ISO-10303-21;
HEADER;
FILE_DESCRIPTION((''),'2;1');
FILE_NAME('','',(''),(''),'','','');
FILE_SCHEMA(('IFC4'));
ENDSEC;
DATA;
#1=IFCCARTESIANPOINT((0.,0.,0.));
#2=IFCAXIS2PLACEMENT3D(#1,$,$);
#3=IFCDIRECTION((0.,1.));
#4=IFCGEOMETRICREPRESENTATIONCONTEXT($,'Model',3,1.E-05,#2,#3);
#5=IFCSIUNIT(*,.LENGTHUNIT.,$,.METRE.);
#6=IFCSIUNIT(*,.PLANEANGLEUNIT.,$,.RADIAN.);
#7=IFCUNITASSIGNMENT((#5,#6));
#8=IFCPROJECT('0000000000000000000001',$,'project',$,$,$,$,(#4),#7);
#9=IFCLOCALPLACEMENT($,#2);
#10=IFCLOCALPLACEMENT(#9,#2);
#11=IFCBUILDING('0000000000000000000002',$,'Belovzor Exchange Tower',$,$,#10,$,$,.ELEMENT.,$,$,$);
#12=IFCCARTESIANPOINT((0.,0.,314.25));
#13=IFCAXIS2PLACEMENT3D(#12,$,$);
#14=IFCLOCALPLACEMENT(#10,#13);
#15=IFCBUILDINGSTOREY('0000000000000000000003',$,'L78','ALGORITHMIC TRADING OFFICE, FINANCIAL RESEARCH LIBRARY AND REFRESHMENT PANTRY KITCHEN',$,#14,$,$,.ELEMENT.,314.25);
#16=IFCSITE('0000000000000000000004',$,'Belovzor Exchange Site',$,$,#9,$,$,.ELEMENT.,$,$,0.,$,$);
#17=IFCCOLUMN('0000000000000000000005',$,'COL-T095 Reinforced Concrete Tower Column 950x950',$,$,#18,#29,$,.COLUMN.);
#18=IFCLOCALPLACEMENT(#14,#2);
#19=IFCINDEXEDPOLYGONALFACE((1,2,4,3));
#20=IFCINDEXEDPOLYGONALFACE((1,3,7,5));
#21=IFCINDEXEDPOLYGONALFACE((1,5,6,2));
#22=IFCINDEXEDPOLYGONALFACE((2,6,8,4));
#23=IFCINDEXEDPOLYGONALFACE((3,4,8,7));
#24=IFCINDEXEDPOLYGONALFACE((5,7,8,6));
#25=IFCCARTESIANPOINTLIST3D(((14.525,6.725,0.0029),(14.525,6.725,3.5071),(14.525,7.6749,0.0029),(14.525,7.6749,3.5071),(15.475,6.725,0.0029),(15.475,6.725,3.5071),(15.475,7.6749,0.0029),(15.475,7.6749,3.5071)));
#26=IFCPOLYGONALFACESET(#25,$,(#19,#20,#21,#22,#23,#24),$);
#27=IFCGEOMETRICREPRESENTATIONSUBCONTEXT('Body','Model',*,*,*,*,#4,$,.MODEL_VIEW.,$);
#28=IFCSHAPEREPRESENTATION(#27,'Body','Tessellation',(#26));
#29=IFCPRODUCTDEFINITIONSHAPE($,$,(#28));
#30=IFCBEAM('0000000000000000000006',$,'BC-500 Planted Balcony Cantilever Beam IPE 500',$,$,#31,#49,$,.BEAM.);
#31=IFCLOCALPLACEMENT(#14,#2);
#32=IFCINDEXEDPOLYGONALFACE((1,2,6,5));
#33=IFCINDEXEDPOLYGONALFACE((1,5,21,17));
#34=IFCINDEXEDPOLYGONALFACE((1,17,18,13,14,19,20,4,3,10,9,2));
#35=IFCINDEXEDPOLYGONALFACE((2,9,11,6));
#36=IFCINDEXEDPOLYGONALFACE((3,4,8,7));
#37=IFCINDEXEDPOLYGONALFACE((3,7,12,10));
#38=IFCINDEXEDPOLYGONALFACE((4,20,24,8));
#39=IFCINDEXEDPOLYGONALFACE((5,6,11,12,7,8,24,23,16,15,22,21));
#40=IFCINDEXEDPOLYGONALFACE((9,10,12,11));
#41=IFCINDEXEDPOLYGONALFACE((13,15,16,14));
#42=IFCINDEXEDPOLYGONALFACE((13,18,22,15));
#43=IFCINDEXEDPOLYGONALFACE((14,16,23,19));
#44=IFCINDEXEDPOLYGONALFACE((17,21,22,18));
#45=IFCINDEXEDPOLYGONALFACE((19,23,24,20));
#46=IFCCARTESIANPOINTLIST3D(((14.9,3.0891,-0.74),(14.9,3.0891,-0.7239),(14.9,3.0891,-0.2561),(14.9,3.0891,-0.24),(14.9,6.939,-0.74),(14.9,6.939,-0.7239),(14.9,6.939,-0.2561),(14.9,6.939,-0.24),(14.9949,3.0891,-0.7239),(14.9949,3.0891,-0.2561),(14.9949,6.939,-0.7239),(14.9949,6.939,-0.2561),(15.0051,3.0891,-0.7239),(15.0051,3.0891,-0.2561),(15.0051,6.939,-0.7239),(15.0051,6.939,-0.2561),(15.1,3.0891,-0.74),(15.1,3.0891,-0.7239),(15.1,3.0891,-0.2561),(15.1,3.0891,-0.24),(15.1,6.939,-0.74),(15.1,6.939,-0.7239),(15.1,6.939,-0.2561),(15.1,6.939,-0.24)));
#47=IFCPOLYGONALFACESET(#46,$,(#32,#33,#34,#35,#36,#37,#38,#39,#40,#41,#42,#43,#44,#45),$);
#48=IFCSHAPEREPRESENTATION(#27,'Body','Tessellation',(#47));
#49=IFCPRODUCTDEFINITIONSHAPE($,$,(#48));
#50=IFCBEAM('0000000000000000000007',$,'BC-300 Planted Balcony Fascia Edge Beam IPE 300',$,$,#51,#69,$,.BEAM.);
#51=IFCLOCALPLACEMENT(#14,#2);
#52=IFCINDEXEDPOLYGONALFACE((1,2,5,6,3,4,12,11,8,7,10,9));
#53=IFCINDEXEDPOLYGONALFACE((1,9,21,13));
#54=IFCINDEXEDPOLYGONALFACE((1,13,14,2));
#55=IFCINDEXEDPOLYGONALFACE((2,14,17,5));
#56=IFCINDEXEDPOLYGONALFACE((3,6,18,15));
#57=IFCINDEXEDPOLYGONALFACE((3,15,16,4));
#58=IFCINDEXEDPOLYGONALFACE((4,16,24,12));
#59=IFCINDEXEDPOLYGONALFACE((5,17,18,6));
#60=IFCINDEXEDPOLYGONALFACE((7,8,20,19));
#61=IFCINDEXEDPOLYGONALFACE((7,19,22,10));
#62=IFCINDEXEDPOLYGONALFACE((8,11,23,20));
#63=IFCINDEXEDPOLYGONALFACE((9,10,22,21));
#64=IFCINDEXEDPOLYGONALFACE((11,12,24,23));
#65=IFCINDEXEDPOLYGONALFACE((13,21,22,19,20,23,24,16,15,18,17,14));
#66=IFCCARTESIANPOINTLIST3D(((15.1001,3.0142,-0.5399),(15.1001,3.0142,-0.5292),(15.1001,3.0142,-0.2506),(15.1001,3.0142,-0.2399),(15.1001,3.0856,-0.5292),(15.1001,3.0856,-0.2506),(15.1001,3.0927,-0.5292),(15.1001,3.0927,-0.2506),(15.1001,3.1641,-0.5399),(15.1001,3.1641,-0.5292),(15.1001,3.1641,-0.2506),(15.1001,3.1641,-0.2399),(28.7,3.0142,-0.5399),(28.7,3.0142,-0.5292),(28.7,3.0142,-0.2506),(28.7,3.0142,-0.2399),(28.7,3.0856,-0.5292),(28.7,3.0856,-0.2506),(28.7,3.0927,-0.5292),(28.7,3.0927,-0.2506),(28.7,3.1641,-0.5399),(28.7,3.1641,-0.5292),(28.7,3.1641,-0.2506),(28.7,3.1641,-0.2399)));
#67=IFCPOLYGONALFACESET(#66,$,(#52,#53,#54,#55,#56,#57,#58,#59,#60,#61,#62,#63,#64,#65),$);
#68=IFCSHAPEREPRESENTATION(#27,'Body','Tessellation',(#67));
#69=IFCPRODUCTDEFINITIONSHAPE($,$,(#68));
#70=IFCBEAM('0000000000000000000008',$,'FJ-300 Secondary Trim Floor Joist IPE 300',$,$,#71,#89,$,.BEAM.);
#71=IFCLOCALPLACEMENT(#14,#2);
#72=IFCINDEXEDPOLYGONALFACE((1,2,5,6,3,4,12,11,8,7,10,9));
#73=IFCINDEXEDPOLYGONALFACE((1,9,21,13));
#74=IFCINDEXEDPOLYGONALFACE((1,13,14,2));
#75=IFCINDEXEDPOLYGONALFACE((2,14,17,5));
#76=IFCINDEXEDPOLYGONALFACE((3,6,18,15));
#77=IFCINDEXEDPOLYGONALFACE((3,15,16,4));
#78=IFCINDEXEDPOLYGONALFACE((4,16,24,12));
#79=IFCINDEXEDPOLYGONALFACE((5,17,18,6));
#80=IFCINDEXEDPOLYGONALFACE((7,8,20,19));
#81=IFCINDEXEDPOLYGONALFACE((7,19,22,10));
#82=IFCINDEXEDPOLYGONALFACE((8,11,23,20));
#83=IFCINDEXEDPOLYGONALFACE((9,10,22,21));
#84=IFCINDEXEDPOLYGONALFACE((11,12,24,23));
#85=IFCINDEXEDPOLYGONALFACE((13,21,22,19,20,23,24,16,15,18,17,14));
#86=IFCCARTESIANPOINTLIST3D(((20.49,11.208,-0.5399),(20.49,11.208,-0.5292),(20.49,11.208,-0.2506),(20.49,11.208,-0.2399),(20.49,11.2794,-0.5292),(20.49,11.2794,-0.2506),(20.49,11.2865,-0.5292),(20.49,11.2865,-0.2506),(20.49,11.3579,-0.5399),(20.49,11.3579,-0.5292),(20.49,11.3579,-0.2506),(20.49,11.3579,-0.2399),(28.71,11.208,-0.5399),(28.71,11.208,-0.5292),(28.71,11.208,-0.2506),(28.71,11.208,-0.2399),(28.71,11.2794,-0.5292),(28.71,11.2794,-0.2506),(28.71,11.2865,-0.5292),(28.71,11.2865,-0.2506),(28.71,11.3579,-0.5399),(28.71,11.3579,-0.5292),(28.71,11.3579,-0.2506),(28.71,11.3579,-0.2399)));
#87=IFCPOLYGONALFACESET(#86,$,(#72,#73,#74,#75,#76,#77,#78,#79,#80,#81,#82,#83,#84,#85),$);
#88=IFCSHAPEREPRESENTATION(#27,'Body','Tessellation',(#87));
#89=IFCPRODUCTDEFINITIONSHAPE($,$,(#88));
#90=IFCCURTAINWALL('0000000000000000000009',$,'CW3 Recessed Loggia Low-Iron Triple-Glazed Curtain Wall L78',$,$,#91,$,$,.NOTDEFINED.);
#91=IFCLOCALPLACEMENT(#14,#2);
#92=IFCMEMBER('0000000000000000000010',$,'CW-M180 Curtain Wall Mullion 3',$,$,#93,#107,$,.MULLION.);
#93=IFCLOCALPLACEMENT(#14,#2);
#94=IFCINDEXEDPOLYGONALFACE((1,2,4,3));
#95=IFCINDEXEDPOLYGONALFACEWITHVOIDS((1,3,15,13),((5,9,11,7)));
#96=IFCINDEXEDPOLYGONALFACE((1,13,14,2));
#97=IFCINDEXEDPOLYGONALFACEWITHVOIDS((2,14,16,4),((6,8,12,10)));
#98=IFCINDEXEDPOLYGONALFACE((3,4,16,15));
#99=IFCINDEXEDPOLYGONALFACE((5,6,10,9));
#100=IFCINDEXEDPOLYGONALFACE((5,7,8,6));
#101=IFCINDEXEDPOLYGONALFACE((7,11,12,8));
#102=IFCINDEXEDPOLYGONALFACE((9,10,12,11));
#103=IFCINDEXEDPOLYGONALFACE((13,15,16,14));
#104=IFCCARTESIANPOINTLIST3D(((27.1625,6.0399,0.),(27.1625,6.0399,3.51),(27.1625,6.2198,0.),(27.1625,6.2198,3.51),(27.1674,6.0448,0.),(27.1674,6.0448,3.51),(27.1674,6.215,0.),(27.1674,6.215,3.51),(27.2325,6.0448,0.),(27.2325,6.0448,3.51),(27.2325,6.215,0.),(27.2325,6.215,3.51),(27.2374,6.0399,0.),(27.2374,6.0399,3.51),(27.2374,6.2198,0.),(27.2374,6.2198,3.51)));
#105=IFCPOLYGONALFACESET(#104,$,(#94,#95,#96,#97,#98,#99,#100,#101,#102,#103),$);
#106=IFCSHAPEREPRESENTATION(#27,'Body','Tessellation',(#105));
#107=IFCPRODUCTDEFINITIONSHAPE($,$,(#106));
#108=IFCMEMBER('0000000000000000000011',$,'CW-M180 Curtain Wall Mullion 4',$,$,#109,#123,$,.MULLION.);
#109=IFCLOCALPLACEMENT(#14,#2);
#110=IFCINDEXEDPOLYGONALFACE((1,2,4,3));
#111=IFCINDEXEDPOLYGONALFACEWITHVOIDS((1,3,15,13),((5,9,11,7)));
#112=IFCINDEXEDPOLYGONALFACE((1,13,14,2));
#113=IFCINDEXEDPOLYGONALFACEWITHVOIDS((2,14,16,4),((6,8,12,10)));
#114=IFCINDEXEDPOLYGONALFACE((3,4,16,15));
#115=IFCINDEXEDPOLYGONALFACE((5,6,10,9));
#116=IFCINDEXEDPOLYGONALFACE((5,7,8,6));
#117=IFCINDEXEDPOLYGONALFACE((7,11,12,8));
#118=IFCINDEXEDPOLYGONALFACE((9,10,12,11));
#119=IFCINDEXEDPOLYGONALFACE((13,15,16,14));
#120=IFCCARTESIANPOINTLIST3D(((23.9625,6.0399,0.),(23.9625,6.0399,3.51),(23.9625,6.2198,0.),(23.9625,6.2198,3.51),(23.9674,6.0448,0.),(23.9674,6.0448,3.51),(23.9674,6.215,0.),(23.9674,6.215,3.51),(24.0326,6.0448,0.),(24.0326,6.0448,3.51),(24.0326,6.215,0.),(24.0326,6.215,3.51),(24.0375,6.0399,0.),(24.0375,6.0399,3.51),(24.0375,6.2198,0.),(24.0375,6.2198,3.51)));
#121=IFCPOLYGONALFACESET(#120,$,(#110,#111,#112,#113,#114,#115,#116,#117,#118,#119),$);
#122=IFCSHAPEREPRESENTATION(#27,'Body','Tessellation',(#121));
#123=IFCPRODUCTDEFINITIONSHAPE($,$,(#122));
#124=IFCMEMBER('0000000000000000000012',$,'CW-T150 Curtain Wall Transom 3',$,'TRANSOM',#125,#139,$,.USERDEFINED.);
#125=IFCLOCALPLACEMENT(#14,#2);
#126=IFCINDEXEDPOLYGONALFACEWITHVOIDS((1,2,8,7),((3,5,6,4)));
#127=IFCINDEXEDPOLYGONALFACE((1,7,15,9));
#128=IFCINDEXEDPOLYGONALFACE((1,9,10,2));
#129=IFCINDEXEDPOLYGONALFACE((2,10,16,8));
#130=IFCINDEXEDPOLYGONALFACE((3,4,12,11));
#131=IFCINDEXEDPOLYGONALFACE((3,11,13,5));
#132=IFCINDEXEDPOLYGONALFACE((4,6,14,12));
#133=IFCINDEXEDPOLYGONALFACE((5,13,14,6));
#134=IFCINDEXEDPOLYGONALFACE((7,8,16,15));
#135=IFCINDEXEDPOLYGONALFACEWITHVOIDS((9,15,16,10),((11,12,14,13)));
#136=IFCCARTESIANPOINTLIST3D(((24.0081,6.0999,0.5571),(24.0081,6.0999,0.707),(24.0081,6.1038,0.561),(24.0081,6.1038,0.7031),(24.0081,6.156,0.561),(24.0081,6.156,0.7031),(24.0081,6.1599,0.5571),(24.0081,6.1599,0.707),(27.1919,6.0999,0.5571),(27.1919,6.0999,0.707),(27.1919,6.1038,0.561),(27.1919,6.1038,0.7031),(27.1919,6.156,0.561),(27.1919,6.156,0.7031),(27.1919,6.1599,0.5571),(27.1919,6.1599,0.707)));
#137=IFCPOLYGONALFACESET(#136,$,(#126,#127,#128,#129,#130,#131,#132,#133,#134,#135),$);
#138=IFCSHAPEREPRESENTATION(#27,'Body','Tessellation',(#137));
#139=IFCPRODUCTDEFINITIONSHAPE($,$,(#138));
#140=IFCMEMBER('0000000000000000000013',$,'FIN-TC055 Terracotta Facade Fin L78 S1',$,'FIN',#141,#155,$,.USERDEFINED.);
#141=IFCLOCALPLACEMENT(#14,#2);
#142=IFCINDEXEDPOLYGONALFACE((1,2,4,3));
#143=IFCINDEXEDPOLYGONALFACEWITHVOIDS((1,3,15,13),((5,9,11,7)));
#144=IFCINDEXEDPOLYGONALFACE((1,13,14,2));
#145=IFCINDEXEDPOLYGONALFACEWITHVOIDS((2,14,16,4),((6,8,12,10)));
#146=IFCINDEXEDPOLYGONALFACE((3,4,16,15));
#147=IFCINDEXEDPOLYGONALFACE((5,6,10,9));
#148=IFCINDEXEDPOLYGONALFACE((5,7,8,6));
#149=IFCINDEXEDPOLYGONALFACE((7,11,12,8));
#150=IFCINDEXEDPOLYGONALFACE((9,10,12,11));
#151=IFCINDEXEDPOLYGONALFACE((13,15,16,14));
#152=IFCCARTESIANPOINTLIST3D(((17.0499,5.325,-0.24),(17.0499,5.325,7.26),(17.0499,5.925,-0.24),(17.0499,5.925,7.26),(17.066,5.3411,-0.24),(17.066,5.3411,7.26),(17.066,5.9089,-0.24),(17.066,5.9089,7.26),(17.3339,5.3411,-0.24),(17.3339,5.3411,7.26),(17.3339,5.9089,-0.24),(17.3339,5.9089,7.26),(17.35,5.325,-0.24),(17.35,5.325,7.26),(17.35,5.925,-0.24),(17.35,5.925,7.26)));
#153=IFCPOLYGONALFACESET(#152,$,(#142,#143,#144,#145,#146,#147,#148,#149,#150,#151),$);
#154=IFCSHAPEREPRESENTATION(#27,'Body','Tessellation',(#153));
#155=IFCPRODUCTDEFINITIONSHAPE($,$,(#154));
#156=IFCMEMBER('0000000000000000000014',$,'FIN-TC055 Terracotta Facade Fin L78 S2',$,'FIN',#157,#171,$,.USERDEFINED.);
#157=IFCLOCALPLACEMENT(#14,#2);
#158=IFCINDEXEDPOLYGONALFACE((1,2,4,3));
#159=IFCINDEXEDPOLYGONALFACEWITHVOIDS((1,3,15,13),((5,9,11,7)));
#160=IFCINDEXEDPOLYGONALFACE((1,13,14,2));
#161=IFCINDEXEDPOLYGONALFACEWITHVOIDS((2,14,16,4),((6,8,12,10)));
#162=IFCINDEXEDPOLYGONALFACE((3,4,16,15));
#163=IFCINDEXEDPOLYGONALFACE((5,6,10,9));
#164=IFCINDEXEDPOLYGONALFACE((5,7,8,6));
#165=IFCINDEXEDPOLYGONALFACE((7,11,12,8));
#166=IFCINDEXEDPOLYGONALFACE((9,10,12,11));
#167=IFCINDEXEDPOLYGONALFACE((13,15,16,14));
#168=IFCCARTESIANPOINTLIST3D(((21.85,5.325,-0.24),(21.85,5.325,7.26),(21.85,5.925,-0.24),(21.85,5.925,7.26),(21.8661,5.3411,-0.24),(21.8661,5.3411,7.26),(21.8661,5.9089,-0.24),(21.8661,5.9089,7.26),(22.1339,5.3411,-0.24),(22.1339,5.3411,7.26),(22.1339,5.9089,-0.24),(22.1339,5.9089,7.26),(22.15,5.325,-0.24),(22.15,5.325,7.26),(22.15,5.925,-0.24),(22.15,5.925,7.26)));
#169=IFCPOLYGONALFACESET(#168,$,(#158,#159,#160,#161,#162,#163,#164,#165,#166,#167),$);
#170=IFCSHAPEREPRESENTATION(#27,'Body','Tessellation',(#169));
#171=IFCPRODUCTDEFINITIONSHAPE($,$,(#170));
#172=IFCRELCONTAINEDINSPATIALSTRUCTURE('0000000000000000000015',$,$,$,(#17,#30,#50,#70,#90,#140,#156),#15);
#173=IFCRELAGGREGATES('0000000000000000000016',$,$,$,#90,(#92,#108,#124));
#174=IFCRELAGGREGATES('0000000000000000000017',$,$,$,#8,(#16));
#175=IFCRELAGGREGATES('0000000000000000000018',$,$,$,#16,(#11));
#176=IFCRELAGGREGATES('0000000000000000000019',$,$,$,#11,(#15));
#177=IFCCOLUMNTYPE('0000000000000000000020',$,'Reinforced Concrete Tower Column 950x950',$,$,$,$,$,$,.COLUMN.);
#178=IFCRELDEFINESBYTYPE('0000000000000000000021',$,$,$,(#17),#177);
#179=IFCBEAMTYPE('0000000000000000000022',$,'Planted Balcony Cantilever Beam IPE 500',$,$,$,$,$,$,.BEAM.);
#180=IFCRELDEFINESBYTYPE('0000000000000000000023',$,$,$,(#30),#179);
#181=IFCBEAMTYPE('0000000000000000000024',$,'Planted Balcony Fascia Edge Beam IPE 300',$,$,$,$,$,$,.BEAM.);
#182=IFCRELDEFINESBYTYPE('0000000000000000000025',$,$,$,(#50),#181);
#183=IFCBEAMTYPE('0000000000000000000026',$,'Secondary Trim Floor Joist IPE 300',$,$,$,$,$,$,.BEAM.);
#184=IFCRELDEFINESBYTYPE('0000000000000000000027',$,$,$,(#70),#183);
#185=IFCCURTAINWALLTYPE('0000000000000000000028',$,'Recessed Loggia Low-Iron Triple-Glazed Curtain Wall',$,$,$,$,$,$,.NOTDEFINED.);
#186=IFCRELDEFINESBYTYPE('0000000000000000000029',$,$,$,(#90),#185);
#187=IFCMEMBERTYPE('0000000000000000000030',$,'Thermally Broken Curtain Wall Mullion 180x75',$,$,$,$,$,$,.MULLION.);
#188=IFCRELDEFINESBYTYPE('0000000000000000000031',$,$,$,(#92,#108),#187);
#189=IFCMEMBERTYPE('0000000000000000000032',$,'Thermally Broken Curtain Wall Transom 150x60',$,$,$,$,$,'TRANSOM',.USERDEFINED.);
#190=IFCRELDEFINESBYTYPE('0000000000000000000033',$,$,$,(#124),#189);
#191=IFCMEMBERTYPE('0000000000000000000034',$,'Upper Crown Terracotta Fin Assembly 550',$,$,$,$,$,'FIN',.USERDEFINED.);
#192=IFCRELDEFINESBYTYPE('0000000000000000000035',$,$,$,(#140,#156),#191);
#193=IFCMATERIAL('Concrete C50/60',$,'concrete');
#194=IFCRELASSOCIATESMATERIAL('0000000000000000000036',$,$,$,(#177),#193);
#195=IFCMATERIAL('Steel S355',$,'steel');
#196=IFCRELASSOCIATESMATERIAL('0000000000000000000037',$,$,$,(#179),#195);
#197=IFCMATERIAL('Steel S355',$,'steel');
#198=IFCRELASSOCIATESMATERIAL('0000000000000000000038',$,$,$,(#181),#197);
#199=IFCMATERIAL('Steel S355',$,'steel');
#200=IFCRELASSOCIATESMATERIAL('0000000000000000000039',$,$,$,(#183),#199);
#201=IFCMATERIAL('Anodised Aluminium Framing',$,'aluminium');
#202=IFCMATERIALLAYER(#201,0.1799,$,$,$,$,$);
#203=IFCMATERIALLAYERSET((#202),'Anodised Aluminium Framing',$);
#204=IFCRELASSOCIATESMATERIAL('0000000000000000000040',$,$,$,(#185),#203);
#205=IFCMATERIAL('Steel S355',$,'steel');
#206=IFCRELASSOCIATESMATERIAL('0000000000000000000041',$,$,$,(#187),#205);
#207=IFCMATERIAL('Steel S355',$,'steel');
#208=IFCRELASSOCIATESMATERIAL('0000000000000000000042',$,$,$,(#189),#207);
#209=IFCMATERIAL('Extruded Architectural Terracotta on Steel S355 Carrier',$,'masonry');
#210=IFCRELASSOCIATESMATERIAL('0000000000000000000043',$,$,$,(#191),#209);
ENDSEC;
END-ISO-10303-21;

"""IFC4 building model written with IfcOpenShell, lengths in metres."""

from ifc_helpers import new_model, si_unit, direction, frame, origin, origin_2d, place, context, subcontext, project, spatial, rectangle, hollow_rectangle, i_section, extrude, material, layer, layer_set, material_profile, profile_set, type_object, element, aggregate, save


model = new_model("IFC4")

# Units and contexts
model_context = context("Model", 3, precision=1e-05, world=origin(), true_north=direction((0.0, 1.0)))
body_context = subcontext(model_context, "Body", "Model", "MODEL_VIEW")
ifc_project = project(units=[si_unit("LENGTHUNIT", "METRE"), si_unit("PLANEANGLEUNIT", "RADIAN")], contexts=[model_context])

# Site, building, storey
site_placement = place(None, origin())
site = spatial("IfcSite", under=ifc_project, at=site_placement, Name="Belovzor Exchange Site", CompositionType="ELEMENT", RefElevation=0.0)
building_placement = place(site_placement, origin())
building = spatial("IfcBuilding", under=site, at=building_placement, Name="Belovzor Exchange Tower", CompositionType="ELEMENT")
storey_placement = place(building_placement, frame((0.0, 0.0, 314.25)))
storey = spatial("IfcBuildingStorey", under=building, at=storey_placement, Name="L78", Description="ALGORITHMIC TRADING OFFICE, FINANCIAL RESEARCH LIBRARY AND REFRESHMENT PANTRY KITCHEN", CompositionType="ELEMENT", Elevation=314.25)

# Column
ifc_material_1 = material(Name="Concrete C50/60", Category="concrete")
ifc_material_profile_1 = material_profile(ifc_material_1, rectangle(XDim=0.95, YDim=0.95, at=origin_2d()))
ifc_profile_set_1 = profile_set([ifc_material_profile_1], Name="Concrete C50/60")
column_type = type_object("IfcColumnType", Name="Reinforced Concrete Tower Column 950x950", PredefinedType="COLUMN", material=ifc_profile_set_1)
column_placement = place(storey_placement, frame((15.0, 7.2, 0.0029), z_axis=(0.0, 0.0, 1.0), x_axis=(1.0, 0.0, 0.0)))
element("IfcColumn", 1, at=column_placement, inside=storey, type_object=column_type, Name="COL-T095 Reinforced Concrete Tower Column 950x950", PredefinedType="COLUMN", context=body_context, shape_type="SweptSolid", body=[
    extrude(rectangle(XDim=0.95, YDim=0.95, at=origin_2d()), origin(), (0.0, 0.0, 1.0), 3.5042),
])

# Beams
ifc_material_2 = material(Name="Steel S355", Category="steel")
ifc_material_profile_2 = material_profile(ifc_material_2, i_section(OverallWidth=0.2, OverallDepth=0.5, WebThickness=0.0103, FlangeThickness=0.0161, at=origin_2d()))
ifc_profile_set_2 = profile_set([ifc_material_profile_2], Name="Steel S355")
beam_type_1 = type_object("IfcBeamType", Name="Planted Balcony Cantilever Beam IPE 500", PredefinedType="BEAM", material=ifc_profile_set_2)
beam_1_placement = place(storey_placement, frame((15.0, 6.939, -0.49), z_axis=(0.0, -1.0, 0.0), x_axis=(1.0, 0.0, 0.0)))
element("IfcBeam", 2, at=beam_1_placement, inside=storey, type_object=beam_type_1, Name="BC-500 Planted Balcony Cantilever Beam IPE 500", PredefinedType="BEAM", context=body_context, shape_type="SweptSolid", body=[
    extrude(i_section(OverallWidth=0.2, OverallDepth=0.5, WebThickness=0.0103, FlangeThickness=0.0161, at=origin_2d()), origin(), (0.0, 0.0, 1.0), 3.8499),
])
ifc_material_3 = material(Name="Steel S355", Category="steel")
ifc_material_profile_3 = material_profile(ifc_material_3, i_section(OverallWidth=0.1499, OverallDepth=0.3, WebThickness=0.0071, FlangeThickness=0.0107, at=origin_2d()))
ifc_profile_set_3 = profile_set([ifc_material_profile_3], Name="Steel S355")
beam_type_2 = type_object("IfcBeamType", Name="Planted Balcony Fascia Edge Beam IPE 300", PredefinedType="BEAM", material=ifc_profile_set_3)
beam_2_placement = place(storey_placement, frame((15.1001, 3.0891, -0.3899), z_axis=(1.0, 0.0, 0.0), x_axis=(0.0, 1.0, 0.0)))
element("IfcBeam", 3, at=beam_2_placement, inside=storey, type_object=beam_type_2, Name="BC-300 Planted Balcony Fascia Edge Beam IPE 300", PredefinedType="BEAM", context=body_context, shape_type="SweptSolid", body=[
    extrude(i_section(OverallWidth=0.1499, OverallDepth=0.3, WebThickness=0.0071, FlangeThickness=0.0107, at=origin_2d()), origin(), (0.0, 0.0, 1.0), 13.5999),
])
ifc_material_4 = material(Name="Steel S355", Category="steel")
ifc_material_profile_4 = material_profile(ifc_material_4, i_section(OverallWidth=0.1499, OverallDepth=0.3, WebThickness=0.0071, FlangeThickness=0.0107, at=origin_2d()))
ifc_profile_set_4 = profile_set([ifc_material_profile_4], Name="Steel S355")
beam_type_3 = type_object("IfcBeamType", Name="Secondary Trim Floor Joist IPE 300", PredefinedType="BEAM", material=ifc_profile_set_4)
beam_3_placement = place(storey_placement, frame((20.49, 11.283, -0.3899), z_axis=(1.0, 0.0, 0.0), x_axis=(0.0, 1.0, 0.0)))
element("IfcBeam", 4, at=beam_3_placement, inside=storey, type_object=beam_type_3, Name="FJ-300 Secondary Trim Floor Joist IPE 300", PredefinedType="BEAM", context=body_context, shape_type="SweptSolid", body=[
    extrude(i_section(OverallWidth=0.1499, OverallDepth=0.3, WebThickness=0.0071, FlangeThickness=0.0107, at=origin_2d()), origin(), (0.0, 0.0, 1.0), 8.22),
])

# Curtain wall, members
ifc_material_5 = material(Name="Anodised Aluminium Framing", Category="aluminium")
ifc_layer_1 = layer(ifc_material_5, 0.1799)
ifc_layer_set_1 = layer_set([ifc_layer_1], Name="Anodised Aluminium Framing")
curtain_wall_type = type_object("IfcCurtainWallType", Name="Recessed Loggia Low-Iron Triple-Glazed Curtain Wall", PredefinedType="NOTDEFINED", material=ifc_layer_set_1)
curtain_wall_placement = place(storey_placement, origin())
curtain_wall = element("IfcCurtainWall", 5, at=curtain_wall_placement, inside=storey, type_object=curtain_wall_type, Name="CW3 Recessed Loggia Low-Iron Triple-Glazed Curtain Wall L78", PredefinedType="NOTDEFINED")
ifc_material_6 = material(Name="Steel S355", Category="steel")
ifc_material_profile_5 = material_profile(ifc_material_6, hollow_rectangle(XDim=0.075, YDim=0.1799, WallThickness=0.0049, at=origin_2d()))
ifc_profile_set_5 = profile_set([ifc_material_profile_5], Name="Steel S355")
member_type_1 = type_object("IfcMemberType", Name="Thermally Broken Curtain Wall Mullion 180x75", PredefinedType="MULLION", material=ifc_profile_set_5)
member_1_placement = place(storey_placement, frame((27.2, 6.1299, 0.0), z_axis=(0.0, 0.0, 1.0), x_axis=(-1.0, 0.0, 0.0)))
member_1 = element("IfcMember", 6, at=member_1_placement, type_object=member_type_1, Name="CW-M180 Curtain Wall Mullion 3", PredefinedType="MULLION", context=body_context, shape_type="SweptSolid", body=[
    extrude(hollow_rectangle(XDim=0.075, YDim=0.1799, WallThickness=0.0049, at=origin_2d()), origin(), (0.0, 0.0, 1.0), 3.51),
])
member_2_placement = place(storey_placement, frame((24.0, 6.1299, 0.0), z_axis=(0.0, 0.0, 1.0), x_axis=(-1.0, 0.0, 0.0)))
member_2 = element("IfcMember", 7, at=member_2_placement, type_object=member_type_1, Name="CW-M180 Curtain Wall Mullion 4", PredefinedType="MULLION", context=body_context, shape_type="SweptSolid", body=[
    extrude(hollow_rectangle(XDim=0.075, YDim=0.1799, WallThickness=0.0049, at=origin_2d()), origin(), (0.0, 0.0, 1.0), 3.51),
])
ifc_material_7 = material(Name="Steel S355", Category="steel")
ifc_material_profile_6 = material_profile(ifc_material_7, hollow_rectangle(XDim=0.0601, YDim=0.1499, WallThickness=0.0039, at=origin_2d()))
ifc_profile_set_6 = profile_set([ifc_material_profile_6], Name="Steel S355")
member_type_2 = type_object("IfcMemberType", Name="Thermally Broken Curtain Wall Transom 150x60", ElementType="TRANSOM", PredefinedType="USERDEFINED", material=ifc_profile_set_6)
member_3_placement = place(storey_placement, frame((27.1919, 6.1299, 0.6321), z_axis=(-1.0, 0.0, 0.0), x_axis=(0.0, -1.0, 0.0)))
member_3 = element("IfcMember", 8, at=member_3_placement, type_object=member_type_2, Name="CW-T150 Curtain Wall Transom 3", ObjectType="TRANSOM", PredefinedType="USERDEFINED", context=body_context, shape_type="SweptSolid", body=[
    extrude(hollow_rectangle(XDim=0.0601, YDim=0.1499, WallThickness=0.0039, at=origin_2d()), origin(), (0.0, 0.0, 1.0), 3.1838),
])

# Members
ifc_material_8 = material(Name="Extruded Architectural Terracotta on Steel S355 Carrier", Category="masonry")
ifc_material_profile_7 = material_profile(ifc_material_8, hollow_rectangle(XDim=0.3, YDim=0.6001, WallThickness=0.0161, at=origin_2d()))
ifc_profile_set_7 = profile_set([ifc_material_profile_7], Name="Extruded Architectural Terracotta on Steel S355 Carrier")
member_type_3 = type_object("IfcMemberType", Name="Upper Crown Terracotta Fin Assembly 550", ElementType="FIN", PredefinedType="USERDEFINED", material=ifc_profile_set_7)
for number, where, z_axis, x_axis, name in (
    (9, (17.2, 5.625, -0.24), (0.0, 0.0, 1.0), (1.0, 0.0, 0.0), "FIN-TC055 Terracotta Facade Fin L78 S1"),
    (10, (22.0, 5.625, -0.24), (0.0, 0.0, 1.0), (1.0, 0.0, 0.0), "FIN-TC055 Terracotta Facade Fin L78 S2"),
):
    element("IfcMember", number, at=place(storey_placement, frame(where, z_axis=z_axis, x_axis=x_axis)), inside=storey, type_object=member_type_3, Name=name, ObjectType="FIN", PredefinedType="USERDEFINED", context=body_context, shape_type="SweptSolid", body=[
        extrude(hollow_rectangle(XDim=0.3, YDim=0.6001, WallThickness=0.0161, at=origin_2d()), origin(), (0.0, 0.0, 1.0), 7.5),
    ])

aggregate(curtain_wall, [member_1, member_2, member_3])

save(model, "model.ifc")
